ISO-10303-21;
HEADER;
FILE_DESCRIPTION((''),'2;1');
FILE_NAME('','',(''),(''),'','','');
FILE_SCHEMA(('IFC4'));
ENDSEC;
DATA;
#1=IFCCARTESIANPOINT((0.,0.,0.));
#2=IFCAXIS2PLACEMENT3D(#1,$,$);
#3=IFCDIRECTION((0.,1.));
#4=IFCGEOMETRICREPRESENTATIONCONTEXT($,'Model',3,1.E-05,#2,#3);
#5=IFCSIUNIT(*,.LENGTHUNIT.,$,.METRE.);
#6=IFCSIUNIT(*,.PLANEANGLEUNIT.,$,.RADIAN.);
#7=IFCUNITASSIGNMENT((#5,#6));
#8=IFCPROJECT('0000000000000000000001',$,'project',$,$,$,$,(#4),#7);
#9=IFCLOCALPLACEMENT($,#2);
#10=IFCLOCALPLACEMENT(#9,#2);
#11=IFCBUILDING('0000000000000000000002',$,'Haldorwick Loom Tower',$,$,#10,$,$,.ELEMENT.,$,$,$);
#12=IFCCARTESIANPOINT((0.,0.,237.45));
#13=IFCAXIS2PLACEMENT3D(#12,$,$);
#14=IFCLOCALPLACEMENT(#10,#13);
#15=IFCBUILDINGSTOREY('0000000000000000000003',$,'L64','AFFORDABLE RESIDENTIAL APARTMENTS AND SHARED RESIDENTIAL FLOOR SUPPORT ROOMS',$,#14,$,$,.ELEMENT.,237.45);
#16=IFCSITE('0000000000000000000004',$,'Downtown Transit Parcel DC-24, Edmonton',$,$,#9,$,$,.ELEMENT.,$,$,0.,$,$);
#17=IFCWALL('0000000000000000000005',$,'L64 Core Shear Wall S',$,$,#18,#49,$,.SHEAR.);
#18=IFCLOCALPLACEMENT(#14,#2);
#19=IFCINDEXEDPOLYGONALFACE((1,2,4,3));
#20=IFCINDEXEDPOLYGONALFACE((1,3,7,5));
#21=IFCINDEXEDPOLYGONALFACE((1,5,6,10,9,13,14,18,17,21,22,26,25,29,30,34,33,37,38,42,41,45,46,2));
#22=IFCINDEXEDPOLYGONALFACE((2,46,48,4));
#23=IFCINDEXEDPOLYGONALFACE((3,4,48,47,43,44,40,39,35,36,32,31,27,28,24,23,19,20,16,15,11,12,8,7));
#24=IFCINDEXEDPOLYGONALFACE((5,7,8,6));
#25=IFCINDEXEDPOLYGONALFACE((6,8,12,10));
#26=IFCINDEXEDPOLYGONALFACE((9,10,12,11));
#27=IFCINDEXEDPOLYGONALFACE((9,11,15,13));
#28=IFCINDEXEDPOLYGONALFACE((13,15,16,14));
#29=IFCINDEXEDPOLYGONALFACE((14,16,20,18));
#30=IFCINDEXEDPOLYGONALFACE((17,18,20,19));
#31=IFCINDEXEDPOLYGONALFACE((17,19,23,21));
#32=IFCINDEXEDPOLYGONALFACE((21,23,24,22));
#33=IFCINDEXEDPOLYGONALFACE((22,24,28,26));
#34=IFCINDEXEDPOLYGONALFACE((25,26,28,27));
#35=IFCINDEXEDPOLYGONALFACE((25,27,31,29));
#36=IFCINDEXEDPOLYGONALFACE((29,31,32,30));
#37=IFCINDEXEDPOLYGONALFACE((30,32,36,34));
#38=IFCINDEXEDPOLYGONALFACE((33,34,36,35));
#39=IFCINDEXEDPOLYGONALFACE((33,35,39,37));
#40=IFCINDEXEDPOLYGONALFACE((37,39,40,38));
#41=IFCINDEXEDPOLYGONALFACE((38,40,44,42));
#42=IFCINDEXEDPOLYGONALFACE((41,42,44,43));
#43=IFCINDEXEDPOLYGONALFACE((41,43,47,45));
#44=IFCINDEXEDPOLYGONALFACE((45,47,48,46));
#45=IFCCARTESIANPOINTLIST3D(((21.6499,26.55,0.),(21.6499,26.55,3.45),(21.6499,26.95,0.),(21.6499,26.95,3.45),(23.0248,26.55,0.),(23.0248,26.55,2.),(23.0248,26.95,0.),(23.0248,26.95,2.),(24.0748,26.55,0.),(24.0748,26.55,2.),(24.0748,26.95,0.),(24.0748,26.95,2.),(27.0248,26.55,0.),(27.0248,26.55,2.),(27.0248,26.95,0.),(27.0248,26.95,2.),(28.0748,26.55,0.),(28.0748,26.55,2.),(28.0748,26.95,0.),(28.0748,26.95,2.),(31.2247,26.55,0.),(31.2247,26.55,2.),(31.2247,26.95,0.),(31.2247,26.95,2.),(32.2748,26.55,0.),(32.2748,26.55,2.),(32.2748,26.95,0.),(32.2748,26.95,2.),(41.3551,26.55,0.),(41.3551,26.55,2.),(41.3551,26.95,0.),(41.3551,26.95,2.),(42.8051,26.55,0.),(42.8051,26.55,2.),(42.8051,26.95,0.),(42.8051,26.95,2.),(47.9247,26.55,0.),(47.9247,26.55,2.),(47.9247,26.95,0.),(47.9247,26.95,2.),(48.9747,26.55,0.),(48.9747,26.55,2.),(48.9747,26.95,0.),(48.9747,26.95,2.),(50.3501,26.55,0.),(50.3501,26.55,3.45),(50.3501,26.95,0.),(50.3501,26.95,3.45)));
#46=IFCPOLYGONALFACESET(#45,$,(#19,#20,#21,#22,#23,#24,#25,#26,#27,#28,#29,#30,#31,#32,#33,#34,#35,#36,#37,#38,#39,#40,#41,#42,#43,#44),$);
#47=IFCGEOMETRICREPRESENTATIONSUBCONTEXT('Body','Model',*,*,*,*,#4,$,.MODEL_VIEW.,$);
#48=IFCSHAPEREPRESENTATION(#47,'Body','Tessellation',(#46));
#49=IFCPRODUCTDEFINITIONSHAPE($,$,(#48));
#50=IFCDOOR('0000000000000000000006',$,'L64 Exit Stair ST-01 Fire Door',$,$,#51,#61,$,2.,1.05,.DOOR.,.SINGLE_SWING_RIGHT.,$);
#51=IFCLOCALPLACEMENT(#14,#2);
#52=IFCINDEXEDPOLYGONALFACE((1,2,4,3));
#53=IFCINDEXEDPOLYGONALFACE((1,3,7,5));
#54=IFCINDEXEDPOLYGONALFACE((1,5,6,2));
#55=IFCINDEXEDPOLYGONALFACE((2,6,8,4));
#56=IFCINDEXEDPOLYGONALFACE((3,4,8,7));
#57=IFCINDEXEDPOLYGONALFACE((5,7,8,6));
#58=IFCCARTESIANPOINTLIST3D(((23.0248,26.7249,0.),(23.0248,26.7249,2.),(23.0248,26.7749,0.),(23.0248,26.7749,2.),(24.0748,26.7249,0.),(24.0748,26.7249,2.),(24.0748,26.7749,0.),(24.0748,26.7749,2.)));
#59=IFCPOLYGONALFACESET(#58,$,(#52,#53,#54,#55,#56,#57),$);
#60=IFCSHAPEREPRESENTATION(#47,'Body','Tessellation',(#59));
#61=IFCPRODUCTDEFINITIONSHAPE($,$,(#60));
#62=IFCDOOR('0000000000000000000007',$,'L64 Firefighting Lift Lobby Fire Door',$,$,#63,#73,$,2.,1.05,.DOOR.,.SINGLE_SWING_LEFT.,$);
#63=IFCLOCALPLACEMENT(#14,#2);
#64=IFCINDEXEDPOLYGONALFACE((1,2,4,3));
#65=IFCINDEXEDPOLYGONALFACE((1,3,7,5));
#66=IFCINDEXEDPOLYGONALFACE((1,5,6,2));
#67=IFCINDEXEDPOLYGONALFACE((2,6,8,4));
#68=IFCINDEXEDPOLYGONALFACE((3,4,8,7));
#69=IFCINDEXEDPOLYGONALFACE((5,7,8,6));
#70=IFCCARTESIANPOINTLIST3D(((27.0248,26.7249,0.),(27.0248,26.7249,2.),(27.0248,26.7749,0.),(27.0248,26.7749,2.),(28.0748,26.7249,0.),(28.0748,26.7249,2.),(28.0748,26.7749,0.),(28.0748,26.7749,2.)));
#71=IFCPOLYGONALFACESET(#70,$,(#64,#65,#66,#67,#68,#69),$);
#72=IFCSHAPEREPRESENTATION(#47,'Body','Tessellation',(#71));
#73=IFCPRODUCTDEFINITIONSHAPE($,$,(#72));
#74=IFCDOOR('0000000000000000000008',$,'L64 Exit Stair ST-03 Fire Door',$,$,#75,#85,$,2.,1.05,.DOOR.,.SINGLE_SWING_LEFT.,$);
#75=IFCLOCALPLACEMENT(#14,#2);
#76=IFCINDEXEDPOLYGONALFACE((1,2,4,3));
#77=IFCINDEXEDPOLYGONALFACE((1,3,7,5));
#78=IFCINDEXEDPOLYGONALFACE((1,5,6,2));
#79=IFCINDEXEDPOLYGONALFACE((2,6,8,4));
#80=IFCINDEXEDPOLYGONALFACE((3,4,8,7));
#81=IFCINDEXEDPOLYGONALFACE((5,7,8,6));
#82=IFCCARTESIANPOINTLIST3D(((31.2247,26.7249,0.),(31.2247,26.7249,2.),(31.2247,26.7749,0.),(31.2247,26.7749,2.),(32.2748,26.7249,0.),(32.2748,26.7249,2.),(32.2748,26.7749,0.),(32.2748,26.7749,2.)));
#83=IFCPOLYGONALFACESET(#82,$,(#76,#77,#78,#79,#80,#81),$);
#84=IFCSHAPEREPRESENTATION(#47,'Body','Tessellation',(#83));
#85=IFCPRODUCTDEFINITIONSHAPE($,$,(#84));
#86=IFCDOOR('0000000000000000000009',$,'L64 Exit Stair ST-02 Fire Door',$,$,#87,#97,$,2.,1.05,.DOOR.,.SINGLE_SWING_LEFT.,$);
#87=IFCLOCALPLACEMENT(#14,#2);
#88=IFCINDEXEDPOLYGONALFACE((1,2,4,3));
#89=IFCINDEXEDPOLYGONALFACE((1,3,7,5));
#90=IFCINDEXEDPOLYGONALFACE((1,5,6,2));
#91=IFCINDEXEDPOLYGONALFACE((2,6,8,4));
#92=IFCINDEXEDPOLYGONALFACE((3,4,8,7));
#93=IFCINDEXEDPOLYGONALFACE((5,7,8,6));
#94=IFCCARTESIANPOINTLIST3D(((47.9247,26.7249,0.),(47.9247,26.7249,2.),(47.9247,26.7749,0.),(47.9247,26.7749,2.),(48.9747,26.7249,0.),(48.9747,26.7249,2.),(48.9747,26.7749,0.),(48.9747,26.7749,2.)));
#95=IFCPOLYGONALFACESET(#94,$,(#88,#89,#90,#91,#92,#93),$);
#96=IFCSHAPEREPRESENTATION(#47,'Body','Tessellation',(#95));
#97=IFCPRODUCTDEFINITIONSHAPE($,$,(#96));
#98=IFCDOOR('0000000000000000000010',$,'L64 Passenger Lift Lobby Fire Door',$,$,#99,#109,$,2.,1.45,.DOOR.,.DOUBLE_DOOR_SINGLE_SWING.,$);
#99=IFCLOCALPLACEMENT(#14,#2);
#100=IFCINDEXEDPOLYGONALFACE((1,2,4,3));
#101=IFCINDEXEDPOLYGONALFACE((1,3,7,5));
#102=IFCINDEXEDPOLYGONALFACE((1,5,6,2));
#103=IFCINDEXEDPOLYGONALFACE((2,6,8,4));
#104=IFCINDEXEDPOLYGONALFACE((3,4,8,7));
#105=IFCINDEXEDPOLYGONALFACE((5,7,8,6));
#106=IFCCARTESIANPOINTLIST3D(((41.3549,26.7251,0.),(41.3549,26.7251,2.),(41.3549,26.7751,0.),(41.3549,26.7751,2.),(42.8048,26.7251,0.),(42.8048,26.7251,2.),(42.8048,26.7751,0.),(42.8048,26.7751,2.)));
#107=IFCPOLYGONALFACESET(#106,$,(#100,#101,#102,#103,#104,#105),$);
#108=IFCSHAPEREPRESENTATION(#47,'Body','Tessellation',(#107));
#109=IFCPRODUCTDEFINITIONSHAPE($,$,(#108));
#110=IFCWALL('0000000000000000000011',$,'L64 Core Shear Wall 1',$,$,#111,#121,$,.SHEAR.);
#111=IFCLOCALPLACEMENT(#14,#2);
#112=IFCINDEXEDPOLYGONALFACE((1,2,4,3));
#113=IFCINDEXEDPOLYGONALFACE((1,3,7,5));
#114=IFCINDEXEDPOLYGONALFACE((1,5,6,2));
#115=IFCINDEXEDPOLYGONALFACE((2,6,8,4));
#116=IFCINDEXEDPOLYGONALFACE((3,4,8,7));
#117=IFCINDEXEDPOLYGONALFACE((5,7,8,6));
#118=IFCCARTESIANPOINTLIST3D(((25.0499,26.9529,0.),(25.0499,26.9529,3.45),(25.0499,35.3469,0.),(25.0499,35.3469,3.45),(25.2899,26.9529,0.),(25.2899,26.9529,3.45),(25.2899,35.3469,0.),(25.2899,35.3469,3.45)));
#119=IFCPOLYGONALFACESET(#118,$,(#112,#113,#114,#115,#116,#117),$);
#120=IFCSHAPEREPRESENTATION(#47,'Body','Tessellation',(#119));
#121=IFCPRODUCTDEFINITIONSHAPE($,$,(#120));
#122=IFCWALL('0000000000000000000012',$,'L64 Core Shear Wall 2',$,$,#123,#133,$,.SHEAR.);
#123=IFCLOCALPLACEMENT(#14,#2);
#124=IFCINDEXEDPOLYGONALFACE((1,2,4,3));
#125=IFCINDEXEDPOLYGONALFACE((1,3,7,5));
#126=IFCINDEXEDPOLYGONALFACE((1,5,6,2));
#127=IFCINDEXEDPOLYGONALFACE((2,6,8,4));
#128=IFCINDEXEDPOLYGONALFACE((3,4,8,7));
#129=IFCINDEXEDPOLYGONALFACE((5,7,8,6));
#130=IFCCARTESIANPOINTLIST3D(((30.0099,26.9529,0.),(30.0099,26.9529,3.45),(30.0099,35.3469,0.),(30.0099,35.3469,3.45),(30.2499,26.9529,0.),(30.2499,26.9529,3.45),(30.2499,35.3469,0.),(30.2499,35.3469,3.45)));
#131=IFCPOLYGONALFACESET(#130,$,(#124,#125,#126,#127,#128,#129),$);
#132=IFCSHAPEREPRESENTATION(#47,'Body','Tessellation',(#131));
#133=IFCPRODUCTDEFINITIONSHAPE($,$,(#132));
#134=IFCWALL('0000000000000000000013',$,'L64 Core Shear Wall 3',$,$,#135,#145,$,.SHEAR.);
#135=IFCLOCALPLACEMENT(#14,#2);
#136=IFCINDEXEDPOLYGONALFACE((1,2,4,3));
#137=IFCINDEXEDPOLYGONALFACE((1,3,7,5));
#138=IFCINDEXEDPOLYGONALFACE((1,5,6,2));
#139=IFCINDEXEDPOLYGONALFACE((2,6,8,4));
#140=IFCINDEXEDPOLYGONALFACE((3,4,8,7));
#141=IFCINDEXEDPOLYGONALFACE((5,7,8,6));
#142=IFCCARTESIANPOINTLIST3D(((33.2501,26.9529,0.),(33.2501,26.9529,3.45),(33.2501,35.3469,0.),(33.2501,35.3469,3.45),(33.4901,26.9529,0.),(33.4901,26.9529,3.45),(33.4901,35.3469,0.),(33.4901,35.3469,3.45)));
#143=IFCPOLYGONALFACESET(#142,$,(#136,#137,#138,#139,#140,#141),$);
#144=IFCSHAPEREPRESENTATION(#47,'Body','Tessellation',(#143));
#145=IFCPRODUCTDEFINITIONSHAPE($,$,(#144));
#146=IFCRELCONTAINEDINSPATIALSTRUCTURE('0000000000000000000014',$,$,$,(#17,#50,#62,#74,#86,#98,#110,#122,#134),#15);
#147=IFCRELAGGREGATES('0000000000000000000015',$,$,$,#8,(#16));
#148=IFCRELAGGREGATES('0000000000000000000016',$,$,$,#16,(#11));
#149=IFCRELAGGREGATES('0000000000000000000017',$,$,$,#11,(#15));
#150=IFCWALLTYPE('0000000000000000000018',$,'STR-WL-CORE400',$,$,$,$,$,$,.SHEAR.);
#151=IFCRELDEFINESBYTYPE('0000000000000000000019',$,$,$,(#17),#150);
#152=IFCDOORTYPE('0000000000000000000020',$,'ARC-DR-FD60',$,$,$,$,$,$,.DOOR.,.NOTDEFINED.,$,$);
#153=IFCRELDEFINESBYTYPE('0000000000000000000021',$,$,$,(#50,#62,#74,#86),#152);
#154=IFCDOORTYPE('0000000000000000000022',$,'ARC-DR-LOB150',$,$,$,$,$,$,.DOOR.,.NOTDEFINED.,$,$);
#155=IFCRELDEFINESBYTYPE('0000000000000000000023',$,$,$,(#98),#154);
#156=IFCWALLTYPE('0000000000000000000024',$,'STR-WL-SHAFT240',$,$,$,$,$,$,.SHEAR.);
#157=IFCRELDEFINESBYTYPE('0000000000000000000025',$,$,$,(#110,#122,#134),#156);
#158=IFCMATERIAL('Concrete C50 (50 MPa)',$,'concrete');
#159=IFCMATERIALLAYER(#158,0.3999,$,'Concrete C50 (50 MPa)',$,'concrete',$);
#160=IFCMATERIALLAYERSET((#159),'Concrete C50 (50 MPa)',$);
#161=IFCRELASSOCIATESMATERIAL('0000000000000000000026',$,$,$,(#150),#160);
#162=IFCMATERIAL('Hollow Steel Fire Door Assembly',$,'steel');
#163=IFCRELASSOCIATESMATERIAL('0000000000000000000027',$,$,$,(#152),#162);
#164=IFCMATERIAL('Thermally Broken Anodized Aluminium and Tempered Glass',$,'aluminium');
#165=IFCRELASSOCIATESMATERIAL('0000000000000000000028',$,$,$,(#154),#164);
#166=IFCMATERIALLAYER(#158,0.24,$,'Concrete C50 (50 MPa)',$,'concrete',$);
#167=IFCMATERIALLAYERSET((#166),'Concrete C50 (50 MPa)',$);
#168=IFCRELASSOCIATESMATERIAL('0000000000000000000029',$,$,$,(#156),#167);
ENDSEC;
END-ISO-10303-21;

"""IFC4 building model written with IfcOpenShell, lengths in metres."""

from ifc_helpers import new_model, si_unit, direction, frame, frame_2d, origin, place, context, subcontext, project, spatial, rectangle, extrude, material, layer, layer_set, type_object, element, fill, save


model = new_model("IFC4")

# Units and contexts
model_context = context("Model", 3, precision=1e-05, world=origin(), true_north=direction((0.0, 1.0)))
body_context = subcontext(model_context, "Body", "Model", "MODEL_VIEW")
ifc_project = project(units=[si_unit("LENGTHUNIT", "METRE"), si_unit("PLANEANGLEUNIT", "RADIAN")], contexts=[model_context])

# Site, building, storey
site_placement = place(None, origin())
site = spatial("IfcSite", under=ifc_project, at=site_placement, Name="Downtown Transit Parcel DC-24, Edmonton", CompositionType="ELEMENT", RefElevation=0.0)
building_placement = place(site_placement, origin())
building = spatial("IfcBuilding", under=site, at=building_placement, Name="Haldorwick Loom Tower", CompositionType="ELEMENT")
storey_placement = place(building_placement, frame((0.0, 0.0, 237.45)))
storey = spatial("IfcBuildingStorey", under=building, at=storey_placement, Name="L64", Description="AFFORDABLE RESIDENTIAL APARTMENTS AND SHARED RESIDENTIAL FLOOR SUPPORT ROOMS", CompositionType="ELEMENT", Elevation=237.45)

# Shared definitions
ifc_material_1 = material(Name="Concrete C50 (50 MPa)", Category="concrete")

# Shared definitions
ifc_material_2 = material(Name="Hollow Steel Fire Door Assembly", Category="steel")

# Wall, openings, doors
ifc_layer_1 = layer(ifc_material_1, 0.3999, Name="Concrete C50 (50 MPa)", Category="concrete")
ifc_layer_set_1 = layer_set([ifc_layer_1], Name="Concrete C50 (50 MPa)")
wall_type_1 = type_object("IfcWallType", Name="STR-WL-CORE400", PredefinedType="SHEAR", material=ifc_layer_set_1)
wall_1_placement = place(storey_placement, frame((21.6499, 26.75, 0.0), z_axis=(0.0, 0.0, 1.0), x_axis=(1.0, 0.0, 0.0)))
wall_1 = element("IfcWall", 1, at=wall_1_placement, inside=storey, type_object=wall_type_1, Name="L64 Core Shear Wall S", PredefinedType="SHEAR", context=body_context, shape_type="SweptSolid", body=[
    extrude(rectangle(XDim=28.7002, YDim=0.3999, at=frame_2d((14.3501, 0.0))), origin(), (0.0, 0.0, 1.0), 3.45),
])
opening_1_placement = place(wall_1_placement, frame((1.375, 0.0, 0.0)))
opening_1 = element("IfcOpeningElement", 2, at=opening_1_placement, cuts=wall_1, PredefinedType="OPENING", context=body_context, shape_type="SweptSolid", body=[
    extrude(rectangle(XDim=1.05, YDim=2.0, at=frame_2d((0.5249, 1.0))), frame((0.0, 0.21, 0.0), z_axis=(0.0, -1.0, 0.0), x_axis=(1.0, 0.0, 0.0)), (0.0, 0.0, 1.0), 0.4199),
])
opening_2_placement = place(wall_1_placement, frame((5.375, 0.0, 0.0)))
opening_2 = element("IfcOpeningElement", 3, at=opening_2_placement, cuts=wall_1, PredefinedType="OPENING", context=body_context, shape_type="SweptSolid", body=[
    extrude(rectangle(XDim=1.05, YDim=2.0, at=frame_2d((0.5249, 1.0))), frame((0.0, 0.21, 0.0), z_axis=(0.0, -1.0, 0.0), x_axis=(1.0, 0.0, 0.0)), (0.0, 0.0, 1.0), 0.4199),
])
opening_3_placement = place(wall_1_placement, frame((9.575, 0.0, 0.0)))
opening_3 = element("IfcOpeningElement", 4, at=opening_3_placement, cuts=wall_1, PredefinedType="OPENING", context=body_context, shape_type="SweptSolid", body=[
    extrude(rectangle(XDim=1.05, YDim=2.0, at=frame_2d((0.5249, 1.0))), frame((0.0, 0.21, 0.0), z_axis=(0.0, -1.0, 0.0), x_axis=(1.0, 0.0, 0.0)), (0.0, 0.0, 1.0), 0.4199),
])
opening_4_placement = place(wall_1_placement, frame((19.7051, 0.0, 0.0)))
opening_4 = element("IfcOpeningElement", 5, at=opening_4_placement, cuts=wall_1, PredefinedType="OPENING", context=body_context, shape_type="SweptSolid", body=[
    extrude(rectangle(XDim=1.45, YDim=2.0, at=frame_2d((0.7251, 1.0))), frame((0.0, 0.21, 0.0), z_axis=(0.0, -1.0, 0.0), x_axis=(1.0, 0.0, 0.0)), (0.0, 0.0, 1.0), 0.4199),
])
opening_5_placement = place(wall_1_placement, frame((26.2749, 0.0, 0.0)))
opening_5 = element("IfcOpeningElement", 6, at=opening_5_placement, cuts=wall_1, PredefinedType="OPENING", context=body_context, shape_type="SweptSolid", body=[
    extrude(rectangle(XDim=1.05, YDim=2.0, at=frame_2d((0.5249, 1.0))), frame((0.0, 0.21, 0.0), z_axis=(0.0, -1.0, 0.0), x_axis=(1.0, 0.0, 0.0)), (0.0, 0.0, 1.0), 0.4199),
])
door_type_1 = type_object("IfcDoorType", Name="ARC-DR-FD60", OperationType="NOTDEFINED", PredefinedType="DOOR", material=ifc_material_2)
door_1_placement = place(opening_1_placement, origin())
door_1 = element("IfcDoor", 7, at=door_1_placement, inside=storey, type_object=door_type_1, Name="L64 Exit Stair ST-01 Fire Door", OperationType="SINGLE_SWING_RIGHT", OverallHeight=2.0, OverallWidth=1.05, PredefinedType="DOOR", context=body_context, shape_type="SweptSolid", body=[
    extrude(rectangle(XDim=1.05, YDim=2.0, at=frame_2d((0.5249, 1.0))), frame((0.0, 0.0249, 0.0), z_axis=(0.0, -1.0, 0.0), x_axis=(1.0, 0.0, 0.0)), (0.0, 0.0, 1.0), 0.05),
])
fill(opening_1, door_1)
door_2_placement = place(opening_2_placement, origin())
door_2 = element("IfcDoor", 8, at=door_2_placement, inside=storey, type_object=door_type_1, Name="L64 Firefighting Lift Lobby Fire Door", OperationType="SINGLE_SWING_LEFT", OverallHeight=2.0, OverallWidth=1.05, PredefinedType="DOOR", context=body_context, shape_type="SweptSolid", body=[
    extrude(rectangle(XDim=1.05, YDim=2.0, at=frame_2d((0.5249, 1.0))), frame((0.0, 0.0249, 0.0), z_axis=(0.0, -1.0, 0.0), x_axis=(1.0, 0.0, 0.0)), (0.0, 0.0, 1.0), 0.05),
])
fill(opening_2, door_2)
door_3_placement = place(opening_3_placement, origin())
door_3 = element("IfcDoor", 9, at=door_3_placement, inside=storey, type_object=door_type_1, Name="L64 Exit Stair ST-03 Fire Door", OperationType="SINGLE_SWING_LEFT", OverallHeight=2.0, OverallWidth=1.05, PredefinedType="DOOR", context=body_context, shape_type="SweptSolid", body=[
    extrude(rectangle(XDim=1.05, YDim=2.0, at=frame_2d((0.5249, 1.0))), frame((0.0, 0.0249, 0.0), z_axis=(0.0, -1.0, 0.0), x_axis=(1.0, 0.0, 0.0)), (0.0, 0.0, 1.0), 0.05),
])
fill(opening_3, door_3)
door_4_placement = place(opening_5_placement, origin())
door_4 = element("IfcDoor", 10, at=door_4_placement, inside=storey, type_object=door_type_1, Name="L64 Exit Stair ST-02 Fire Door", OperationType="SINGLE_SWING_LEFT", OverallHeight=2.0, OverallWidth=1.05, PredefinedType="DOOR", context=body_context, shape_type="SweptSolid", body=[
    extrude(rectangle(XDim=1.05, YDim=2.0, at=frame_2d((0.5249, 1.0))), frame((0.0, 0.0249, 0.0), z_axis=(0.0, -1.0, 0.0), x_axis=(1.0, 0.0, 0.0)), (0.0, 0.0, 1.0), 0.05),
])
fill(opening_5, door_4)
ifc_material_3 = material(Name="Thermally Broken Anodized Aluminium and Tempered Glass", Category="aluminium")
door_type_2 = type_object("IfcDoorType", Name="ARC-DR-LOB150", OperationType="NOTDEFINED", PredefinedType="DOOR", material=ifc_material_3)
door_5_placement = place(opening_4_placement, frame((1.45, 0.0, 0.0), z_axis=(0.0, 0.0, 1.0), x_axis=(-1.0, 0.0, 0.0)))
door_5 = element("IfcDoor", 11, at=door_5_placement, inside=storey, type_object=door_type_2, Name="L64 Passenger Lift Lobby Fire Door", OperationType="DOUBLE_DOOR_SINGLE_SWING", OverallHeight=2.0, OverallWidth=1.45, PredefinedType="DOOR", context=body_context, shape_type="SweptSolid", body=[
    extrude(rectangle(XDim=1.45, YDim=2.0, at=frame_2d((0.7251, 1.0))), frame((0.0, 0.0249, 0.0), z_axis=(0.0, -1.0, 0.0), x_axis=(1.0, 0.0, 0.0)), (0.0, 0.0, 1.0), 0.05),
])
fill(opening_4, door_5)

# Walls
ifc_layer_2 = layer(ifc_material_1, 0.24, Name="Concrete C50 (50 MPa)", Category="concrete")
ifc_layer_set_2 = layer_set([ifc_layer_2], Name="Concrete C50 (50 MPa)")
wall_type_2 = type_object("IfcWallType", Name="STR-WL-SHAFT240", PredefinedType="SHEAR", material=ifc_layer_set_2)
for number, where, z_axis, x_axis, name in (
    (12, (25.1699, 26.9529, 0.0), (0.0, 0.0, 1.0), (0.0, 1.0, 0.0), "L64 Core Shear Wall 1"),
    (13, (30.1299, 26.9529, 0.0), (0.0, 0.0, 1.0), (0.0, 1.0, 0.0), "L64 Core Shear Wall 2"),
    (14, (33.3701, 26.9529, 0.0), (0.0, 0.0, 1.0), (0.0, 1.0, 0.0), "L64 Core Shear Wall 3"),
):
    element("IfcWall", number, at=place(storey_placement, frame(where, z_axis=z_axis, x_axis=x_axis)), inside=storey, type_object=wall_type_2, Name=name, PredefinedType="SHEAR", context=body_context, shape_type="SweptSolid", body=[
        extrude(rectangle(XDim=8.394, YDim=0.24, at=frame_2d((4.197, 0.0))), origin(), (0.0, 0.0, 1.0), 3.45),
    ])

save(model, "model.ifc")
